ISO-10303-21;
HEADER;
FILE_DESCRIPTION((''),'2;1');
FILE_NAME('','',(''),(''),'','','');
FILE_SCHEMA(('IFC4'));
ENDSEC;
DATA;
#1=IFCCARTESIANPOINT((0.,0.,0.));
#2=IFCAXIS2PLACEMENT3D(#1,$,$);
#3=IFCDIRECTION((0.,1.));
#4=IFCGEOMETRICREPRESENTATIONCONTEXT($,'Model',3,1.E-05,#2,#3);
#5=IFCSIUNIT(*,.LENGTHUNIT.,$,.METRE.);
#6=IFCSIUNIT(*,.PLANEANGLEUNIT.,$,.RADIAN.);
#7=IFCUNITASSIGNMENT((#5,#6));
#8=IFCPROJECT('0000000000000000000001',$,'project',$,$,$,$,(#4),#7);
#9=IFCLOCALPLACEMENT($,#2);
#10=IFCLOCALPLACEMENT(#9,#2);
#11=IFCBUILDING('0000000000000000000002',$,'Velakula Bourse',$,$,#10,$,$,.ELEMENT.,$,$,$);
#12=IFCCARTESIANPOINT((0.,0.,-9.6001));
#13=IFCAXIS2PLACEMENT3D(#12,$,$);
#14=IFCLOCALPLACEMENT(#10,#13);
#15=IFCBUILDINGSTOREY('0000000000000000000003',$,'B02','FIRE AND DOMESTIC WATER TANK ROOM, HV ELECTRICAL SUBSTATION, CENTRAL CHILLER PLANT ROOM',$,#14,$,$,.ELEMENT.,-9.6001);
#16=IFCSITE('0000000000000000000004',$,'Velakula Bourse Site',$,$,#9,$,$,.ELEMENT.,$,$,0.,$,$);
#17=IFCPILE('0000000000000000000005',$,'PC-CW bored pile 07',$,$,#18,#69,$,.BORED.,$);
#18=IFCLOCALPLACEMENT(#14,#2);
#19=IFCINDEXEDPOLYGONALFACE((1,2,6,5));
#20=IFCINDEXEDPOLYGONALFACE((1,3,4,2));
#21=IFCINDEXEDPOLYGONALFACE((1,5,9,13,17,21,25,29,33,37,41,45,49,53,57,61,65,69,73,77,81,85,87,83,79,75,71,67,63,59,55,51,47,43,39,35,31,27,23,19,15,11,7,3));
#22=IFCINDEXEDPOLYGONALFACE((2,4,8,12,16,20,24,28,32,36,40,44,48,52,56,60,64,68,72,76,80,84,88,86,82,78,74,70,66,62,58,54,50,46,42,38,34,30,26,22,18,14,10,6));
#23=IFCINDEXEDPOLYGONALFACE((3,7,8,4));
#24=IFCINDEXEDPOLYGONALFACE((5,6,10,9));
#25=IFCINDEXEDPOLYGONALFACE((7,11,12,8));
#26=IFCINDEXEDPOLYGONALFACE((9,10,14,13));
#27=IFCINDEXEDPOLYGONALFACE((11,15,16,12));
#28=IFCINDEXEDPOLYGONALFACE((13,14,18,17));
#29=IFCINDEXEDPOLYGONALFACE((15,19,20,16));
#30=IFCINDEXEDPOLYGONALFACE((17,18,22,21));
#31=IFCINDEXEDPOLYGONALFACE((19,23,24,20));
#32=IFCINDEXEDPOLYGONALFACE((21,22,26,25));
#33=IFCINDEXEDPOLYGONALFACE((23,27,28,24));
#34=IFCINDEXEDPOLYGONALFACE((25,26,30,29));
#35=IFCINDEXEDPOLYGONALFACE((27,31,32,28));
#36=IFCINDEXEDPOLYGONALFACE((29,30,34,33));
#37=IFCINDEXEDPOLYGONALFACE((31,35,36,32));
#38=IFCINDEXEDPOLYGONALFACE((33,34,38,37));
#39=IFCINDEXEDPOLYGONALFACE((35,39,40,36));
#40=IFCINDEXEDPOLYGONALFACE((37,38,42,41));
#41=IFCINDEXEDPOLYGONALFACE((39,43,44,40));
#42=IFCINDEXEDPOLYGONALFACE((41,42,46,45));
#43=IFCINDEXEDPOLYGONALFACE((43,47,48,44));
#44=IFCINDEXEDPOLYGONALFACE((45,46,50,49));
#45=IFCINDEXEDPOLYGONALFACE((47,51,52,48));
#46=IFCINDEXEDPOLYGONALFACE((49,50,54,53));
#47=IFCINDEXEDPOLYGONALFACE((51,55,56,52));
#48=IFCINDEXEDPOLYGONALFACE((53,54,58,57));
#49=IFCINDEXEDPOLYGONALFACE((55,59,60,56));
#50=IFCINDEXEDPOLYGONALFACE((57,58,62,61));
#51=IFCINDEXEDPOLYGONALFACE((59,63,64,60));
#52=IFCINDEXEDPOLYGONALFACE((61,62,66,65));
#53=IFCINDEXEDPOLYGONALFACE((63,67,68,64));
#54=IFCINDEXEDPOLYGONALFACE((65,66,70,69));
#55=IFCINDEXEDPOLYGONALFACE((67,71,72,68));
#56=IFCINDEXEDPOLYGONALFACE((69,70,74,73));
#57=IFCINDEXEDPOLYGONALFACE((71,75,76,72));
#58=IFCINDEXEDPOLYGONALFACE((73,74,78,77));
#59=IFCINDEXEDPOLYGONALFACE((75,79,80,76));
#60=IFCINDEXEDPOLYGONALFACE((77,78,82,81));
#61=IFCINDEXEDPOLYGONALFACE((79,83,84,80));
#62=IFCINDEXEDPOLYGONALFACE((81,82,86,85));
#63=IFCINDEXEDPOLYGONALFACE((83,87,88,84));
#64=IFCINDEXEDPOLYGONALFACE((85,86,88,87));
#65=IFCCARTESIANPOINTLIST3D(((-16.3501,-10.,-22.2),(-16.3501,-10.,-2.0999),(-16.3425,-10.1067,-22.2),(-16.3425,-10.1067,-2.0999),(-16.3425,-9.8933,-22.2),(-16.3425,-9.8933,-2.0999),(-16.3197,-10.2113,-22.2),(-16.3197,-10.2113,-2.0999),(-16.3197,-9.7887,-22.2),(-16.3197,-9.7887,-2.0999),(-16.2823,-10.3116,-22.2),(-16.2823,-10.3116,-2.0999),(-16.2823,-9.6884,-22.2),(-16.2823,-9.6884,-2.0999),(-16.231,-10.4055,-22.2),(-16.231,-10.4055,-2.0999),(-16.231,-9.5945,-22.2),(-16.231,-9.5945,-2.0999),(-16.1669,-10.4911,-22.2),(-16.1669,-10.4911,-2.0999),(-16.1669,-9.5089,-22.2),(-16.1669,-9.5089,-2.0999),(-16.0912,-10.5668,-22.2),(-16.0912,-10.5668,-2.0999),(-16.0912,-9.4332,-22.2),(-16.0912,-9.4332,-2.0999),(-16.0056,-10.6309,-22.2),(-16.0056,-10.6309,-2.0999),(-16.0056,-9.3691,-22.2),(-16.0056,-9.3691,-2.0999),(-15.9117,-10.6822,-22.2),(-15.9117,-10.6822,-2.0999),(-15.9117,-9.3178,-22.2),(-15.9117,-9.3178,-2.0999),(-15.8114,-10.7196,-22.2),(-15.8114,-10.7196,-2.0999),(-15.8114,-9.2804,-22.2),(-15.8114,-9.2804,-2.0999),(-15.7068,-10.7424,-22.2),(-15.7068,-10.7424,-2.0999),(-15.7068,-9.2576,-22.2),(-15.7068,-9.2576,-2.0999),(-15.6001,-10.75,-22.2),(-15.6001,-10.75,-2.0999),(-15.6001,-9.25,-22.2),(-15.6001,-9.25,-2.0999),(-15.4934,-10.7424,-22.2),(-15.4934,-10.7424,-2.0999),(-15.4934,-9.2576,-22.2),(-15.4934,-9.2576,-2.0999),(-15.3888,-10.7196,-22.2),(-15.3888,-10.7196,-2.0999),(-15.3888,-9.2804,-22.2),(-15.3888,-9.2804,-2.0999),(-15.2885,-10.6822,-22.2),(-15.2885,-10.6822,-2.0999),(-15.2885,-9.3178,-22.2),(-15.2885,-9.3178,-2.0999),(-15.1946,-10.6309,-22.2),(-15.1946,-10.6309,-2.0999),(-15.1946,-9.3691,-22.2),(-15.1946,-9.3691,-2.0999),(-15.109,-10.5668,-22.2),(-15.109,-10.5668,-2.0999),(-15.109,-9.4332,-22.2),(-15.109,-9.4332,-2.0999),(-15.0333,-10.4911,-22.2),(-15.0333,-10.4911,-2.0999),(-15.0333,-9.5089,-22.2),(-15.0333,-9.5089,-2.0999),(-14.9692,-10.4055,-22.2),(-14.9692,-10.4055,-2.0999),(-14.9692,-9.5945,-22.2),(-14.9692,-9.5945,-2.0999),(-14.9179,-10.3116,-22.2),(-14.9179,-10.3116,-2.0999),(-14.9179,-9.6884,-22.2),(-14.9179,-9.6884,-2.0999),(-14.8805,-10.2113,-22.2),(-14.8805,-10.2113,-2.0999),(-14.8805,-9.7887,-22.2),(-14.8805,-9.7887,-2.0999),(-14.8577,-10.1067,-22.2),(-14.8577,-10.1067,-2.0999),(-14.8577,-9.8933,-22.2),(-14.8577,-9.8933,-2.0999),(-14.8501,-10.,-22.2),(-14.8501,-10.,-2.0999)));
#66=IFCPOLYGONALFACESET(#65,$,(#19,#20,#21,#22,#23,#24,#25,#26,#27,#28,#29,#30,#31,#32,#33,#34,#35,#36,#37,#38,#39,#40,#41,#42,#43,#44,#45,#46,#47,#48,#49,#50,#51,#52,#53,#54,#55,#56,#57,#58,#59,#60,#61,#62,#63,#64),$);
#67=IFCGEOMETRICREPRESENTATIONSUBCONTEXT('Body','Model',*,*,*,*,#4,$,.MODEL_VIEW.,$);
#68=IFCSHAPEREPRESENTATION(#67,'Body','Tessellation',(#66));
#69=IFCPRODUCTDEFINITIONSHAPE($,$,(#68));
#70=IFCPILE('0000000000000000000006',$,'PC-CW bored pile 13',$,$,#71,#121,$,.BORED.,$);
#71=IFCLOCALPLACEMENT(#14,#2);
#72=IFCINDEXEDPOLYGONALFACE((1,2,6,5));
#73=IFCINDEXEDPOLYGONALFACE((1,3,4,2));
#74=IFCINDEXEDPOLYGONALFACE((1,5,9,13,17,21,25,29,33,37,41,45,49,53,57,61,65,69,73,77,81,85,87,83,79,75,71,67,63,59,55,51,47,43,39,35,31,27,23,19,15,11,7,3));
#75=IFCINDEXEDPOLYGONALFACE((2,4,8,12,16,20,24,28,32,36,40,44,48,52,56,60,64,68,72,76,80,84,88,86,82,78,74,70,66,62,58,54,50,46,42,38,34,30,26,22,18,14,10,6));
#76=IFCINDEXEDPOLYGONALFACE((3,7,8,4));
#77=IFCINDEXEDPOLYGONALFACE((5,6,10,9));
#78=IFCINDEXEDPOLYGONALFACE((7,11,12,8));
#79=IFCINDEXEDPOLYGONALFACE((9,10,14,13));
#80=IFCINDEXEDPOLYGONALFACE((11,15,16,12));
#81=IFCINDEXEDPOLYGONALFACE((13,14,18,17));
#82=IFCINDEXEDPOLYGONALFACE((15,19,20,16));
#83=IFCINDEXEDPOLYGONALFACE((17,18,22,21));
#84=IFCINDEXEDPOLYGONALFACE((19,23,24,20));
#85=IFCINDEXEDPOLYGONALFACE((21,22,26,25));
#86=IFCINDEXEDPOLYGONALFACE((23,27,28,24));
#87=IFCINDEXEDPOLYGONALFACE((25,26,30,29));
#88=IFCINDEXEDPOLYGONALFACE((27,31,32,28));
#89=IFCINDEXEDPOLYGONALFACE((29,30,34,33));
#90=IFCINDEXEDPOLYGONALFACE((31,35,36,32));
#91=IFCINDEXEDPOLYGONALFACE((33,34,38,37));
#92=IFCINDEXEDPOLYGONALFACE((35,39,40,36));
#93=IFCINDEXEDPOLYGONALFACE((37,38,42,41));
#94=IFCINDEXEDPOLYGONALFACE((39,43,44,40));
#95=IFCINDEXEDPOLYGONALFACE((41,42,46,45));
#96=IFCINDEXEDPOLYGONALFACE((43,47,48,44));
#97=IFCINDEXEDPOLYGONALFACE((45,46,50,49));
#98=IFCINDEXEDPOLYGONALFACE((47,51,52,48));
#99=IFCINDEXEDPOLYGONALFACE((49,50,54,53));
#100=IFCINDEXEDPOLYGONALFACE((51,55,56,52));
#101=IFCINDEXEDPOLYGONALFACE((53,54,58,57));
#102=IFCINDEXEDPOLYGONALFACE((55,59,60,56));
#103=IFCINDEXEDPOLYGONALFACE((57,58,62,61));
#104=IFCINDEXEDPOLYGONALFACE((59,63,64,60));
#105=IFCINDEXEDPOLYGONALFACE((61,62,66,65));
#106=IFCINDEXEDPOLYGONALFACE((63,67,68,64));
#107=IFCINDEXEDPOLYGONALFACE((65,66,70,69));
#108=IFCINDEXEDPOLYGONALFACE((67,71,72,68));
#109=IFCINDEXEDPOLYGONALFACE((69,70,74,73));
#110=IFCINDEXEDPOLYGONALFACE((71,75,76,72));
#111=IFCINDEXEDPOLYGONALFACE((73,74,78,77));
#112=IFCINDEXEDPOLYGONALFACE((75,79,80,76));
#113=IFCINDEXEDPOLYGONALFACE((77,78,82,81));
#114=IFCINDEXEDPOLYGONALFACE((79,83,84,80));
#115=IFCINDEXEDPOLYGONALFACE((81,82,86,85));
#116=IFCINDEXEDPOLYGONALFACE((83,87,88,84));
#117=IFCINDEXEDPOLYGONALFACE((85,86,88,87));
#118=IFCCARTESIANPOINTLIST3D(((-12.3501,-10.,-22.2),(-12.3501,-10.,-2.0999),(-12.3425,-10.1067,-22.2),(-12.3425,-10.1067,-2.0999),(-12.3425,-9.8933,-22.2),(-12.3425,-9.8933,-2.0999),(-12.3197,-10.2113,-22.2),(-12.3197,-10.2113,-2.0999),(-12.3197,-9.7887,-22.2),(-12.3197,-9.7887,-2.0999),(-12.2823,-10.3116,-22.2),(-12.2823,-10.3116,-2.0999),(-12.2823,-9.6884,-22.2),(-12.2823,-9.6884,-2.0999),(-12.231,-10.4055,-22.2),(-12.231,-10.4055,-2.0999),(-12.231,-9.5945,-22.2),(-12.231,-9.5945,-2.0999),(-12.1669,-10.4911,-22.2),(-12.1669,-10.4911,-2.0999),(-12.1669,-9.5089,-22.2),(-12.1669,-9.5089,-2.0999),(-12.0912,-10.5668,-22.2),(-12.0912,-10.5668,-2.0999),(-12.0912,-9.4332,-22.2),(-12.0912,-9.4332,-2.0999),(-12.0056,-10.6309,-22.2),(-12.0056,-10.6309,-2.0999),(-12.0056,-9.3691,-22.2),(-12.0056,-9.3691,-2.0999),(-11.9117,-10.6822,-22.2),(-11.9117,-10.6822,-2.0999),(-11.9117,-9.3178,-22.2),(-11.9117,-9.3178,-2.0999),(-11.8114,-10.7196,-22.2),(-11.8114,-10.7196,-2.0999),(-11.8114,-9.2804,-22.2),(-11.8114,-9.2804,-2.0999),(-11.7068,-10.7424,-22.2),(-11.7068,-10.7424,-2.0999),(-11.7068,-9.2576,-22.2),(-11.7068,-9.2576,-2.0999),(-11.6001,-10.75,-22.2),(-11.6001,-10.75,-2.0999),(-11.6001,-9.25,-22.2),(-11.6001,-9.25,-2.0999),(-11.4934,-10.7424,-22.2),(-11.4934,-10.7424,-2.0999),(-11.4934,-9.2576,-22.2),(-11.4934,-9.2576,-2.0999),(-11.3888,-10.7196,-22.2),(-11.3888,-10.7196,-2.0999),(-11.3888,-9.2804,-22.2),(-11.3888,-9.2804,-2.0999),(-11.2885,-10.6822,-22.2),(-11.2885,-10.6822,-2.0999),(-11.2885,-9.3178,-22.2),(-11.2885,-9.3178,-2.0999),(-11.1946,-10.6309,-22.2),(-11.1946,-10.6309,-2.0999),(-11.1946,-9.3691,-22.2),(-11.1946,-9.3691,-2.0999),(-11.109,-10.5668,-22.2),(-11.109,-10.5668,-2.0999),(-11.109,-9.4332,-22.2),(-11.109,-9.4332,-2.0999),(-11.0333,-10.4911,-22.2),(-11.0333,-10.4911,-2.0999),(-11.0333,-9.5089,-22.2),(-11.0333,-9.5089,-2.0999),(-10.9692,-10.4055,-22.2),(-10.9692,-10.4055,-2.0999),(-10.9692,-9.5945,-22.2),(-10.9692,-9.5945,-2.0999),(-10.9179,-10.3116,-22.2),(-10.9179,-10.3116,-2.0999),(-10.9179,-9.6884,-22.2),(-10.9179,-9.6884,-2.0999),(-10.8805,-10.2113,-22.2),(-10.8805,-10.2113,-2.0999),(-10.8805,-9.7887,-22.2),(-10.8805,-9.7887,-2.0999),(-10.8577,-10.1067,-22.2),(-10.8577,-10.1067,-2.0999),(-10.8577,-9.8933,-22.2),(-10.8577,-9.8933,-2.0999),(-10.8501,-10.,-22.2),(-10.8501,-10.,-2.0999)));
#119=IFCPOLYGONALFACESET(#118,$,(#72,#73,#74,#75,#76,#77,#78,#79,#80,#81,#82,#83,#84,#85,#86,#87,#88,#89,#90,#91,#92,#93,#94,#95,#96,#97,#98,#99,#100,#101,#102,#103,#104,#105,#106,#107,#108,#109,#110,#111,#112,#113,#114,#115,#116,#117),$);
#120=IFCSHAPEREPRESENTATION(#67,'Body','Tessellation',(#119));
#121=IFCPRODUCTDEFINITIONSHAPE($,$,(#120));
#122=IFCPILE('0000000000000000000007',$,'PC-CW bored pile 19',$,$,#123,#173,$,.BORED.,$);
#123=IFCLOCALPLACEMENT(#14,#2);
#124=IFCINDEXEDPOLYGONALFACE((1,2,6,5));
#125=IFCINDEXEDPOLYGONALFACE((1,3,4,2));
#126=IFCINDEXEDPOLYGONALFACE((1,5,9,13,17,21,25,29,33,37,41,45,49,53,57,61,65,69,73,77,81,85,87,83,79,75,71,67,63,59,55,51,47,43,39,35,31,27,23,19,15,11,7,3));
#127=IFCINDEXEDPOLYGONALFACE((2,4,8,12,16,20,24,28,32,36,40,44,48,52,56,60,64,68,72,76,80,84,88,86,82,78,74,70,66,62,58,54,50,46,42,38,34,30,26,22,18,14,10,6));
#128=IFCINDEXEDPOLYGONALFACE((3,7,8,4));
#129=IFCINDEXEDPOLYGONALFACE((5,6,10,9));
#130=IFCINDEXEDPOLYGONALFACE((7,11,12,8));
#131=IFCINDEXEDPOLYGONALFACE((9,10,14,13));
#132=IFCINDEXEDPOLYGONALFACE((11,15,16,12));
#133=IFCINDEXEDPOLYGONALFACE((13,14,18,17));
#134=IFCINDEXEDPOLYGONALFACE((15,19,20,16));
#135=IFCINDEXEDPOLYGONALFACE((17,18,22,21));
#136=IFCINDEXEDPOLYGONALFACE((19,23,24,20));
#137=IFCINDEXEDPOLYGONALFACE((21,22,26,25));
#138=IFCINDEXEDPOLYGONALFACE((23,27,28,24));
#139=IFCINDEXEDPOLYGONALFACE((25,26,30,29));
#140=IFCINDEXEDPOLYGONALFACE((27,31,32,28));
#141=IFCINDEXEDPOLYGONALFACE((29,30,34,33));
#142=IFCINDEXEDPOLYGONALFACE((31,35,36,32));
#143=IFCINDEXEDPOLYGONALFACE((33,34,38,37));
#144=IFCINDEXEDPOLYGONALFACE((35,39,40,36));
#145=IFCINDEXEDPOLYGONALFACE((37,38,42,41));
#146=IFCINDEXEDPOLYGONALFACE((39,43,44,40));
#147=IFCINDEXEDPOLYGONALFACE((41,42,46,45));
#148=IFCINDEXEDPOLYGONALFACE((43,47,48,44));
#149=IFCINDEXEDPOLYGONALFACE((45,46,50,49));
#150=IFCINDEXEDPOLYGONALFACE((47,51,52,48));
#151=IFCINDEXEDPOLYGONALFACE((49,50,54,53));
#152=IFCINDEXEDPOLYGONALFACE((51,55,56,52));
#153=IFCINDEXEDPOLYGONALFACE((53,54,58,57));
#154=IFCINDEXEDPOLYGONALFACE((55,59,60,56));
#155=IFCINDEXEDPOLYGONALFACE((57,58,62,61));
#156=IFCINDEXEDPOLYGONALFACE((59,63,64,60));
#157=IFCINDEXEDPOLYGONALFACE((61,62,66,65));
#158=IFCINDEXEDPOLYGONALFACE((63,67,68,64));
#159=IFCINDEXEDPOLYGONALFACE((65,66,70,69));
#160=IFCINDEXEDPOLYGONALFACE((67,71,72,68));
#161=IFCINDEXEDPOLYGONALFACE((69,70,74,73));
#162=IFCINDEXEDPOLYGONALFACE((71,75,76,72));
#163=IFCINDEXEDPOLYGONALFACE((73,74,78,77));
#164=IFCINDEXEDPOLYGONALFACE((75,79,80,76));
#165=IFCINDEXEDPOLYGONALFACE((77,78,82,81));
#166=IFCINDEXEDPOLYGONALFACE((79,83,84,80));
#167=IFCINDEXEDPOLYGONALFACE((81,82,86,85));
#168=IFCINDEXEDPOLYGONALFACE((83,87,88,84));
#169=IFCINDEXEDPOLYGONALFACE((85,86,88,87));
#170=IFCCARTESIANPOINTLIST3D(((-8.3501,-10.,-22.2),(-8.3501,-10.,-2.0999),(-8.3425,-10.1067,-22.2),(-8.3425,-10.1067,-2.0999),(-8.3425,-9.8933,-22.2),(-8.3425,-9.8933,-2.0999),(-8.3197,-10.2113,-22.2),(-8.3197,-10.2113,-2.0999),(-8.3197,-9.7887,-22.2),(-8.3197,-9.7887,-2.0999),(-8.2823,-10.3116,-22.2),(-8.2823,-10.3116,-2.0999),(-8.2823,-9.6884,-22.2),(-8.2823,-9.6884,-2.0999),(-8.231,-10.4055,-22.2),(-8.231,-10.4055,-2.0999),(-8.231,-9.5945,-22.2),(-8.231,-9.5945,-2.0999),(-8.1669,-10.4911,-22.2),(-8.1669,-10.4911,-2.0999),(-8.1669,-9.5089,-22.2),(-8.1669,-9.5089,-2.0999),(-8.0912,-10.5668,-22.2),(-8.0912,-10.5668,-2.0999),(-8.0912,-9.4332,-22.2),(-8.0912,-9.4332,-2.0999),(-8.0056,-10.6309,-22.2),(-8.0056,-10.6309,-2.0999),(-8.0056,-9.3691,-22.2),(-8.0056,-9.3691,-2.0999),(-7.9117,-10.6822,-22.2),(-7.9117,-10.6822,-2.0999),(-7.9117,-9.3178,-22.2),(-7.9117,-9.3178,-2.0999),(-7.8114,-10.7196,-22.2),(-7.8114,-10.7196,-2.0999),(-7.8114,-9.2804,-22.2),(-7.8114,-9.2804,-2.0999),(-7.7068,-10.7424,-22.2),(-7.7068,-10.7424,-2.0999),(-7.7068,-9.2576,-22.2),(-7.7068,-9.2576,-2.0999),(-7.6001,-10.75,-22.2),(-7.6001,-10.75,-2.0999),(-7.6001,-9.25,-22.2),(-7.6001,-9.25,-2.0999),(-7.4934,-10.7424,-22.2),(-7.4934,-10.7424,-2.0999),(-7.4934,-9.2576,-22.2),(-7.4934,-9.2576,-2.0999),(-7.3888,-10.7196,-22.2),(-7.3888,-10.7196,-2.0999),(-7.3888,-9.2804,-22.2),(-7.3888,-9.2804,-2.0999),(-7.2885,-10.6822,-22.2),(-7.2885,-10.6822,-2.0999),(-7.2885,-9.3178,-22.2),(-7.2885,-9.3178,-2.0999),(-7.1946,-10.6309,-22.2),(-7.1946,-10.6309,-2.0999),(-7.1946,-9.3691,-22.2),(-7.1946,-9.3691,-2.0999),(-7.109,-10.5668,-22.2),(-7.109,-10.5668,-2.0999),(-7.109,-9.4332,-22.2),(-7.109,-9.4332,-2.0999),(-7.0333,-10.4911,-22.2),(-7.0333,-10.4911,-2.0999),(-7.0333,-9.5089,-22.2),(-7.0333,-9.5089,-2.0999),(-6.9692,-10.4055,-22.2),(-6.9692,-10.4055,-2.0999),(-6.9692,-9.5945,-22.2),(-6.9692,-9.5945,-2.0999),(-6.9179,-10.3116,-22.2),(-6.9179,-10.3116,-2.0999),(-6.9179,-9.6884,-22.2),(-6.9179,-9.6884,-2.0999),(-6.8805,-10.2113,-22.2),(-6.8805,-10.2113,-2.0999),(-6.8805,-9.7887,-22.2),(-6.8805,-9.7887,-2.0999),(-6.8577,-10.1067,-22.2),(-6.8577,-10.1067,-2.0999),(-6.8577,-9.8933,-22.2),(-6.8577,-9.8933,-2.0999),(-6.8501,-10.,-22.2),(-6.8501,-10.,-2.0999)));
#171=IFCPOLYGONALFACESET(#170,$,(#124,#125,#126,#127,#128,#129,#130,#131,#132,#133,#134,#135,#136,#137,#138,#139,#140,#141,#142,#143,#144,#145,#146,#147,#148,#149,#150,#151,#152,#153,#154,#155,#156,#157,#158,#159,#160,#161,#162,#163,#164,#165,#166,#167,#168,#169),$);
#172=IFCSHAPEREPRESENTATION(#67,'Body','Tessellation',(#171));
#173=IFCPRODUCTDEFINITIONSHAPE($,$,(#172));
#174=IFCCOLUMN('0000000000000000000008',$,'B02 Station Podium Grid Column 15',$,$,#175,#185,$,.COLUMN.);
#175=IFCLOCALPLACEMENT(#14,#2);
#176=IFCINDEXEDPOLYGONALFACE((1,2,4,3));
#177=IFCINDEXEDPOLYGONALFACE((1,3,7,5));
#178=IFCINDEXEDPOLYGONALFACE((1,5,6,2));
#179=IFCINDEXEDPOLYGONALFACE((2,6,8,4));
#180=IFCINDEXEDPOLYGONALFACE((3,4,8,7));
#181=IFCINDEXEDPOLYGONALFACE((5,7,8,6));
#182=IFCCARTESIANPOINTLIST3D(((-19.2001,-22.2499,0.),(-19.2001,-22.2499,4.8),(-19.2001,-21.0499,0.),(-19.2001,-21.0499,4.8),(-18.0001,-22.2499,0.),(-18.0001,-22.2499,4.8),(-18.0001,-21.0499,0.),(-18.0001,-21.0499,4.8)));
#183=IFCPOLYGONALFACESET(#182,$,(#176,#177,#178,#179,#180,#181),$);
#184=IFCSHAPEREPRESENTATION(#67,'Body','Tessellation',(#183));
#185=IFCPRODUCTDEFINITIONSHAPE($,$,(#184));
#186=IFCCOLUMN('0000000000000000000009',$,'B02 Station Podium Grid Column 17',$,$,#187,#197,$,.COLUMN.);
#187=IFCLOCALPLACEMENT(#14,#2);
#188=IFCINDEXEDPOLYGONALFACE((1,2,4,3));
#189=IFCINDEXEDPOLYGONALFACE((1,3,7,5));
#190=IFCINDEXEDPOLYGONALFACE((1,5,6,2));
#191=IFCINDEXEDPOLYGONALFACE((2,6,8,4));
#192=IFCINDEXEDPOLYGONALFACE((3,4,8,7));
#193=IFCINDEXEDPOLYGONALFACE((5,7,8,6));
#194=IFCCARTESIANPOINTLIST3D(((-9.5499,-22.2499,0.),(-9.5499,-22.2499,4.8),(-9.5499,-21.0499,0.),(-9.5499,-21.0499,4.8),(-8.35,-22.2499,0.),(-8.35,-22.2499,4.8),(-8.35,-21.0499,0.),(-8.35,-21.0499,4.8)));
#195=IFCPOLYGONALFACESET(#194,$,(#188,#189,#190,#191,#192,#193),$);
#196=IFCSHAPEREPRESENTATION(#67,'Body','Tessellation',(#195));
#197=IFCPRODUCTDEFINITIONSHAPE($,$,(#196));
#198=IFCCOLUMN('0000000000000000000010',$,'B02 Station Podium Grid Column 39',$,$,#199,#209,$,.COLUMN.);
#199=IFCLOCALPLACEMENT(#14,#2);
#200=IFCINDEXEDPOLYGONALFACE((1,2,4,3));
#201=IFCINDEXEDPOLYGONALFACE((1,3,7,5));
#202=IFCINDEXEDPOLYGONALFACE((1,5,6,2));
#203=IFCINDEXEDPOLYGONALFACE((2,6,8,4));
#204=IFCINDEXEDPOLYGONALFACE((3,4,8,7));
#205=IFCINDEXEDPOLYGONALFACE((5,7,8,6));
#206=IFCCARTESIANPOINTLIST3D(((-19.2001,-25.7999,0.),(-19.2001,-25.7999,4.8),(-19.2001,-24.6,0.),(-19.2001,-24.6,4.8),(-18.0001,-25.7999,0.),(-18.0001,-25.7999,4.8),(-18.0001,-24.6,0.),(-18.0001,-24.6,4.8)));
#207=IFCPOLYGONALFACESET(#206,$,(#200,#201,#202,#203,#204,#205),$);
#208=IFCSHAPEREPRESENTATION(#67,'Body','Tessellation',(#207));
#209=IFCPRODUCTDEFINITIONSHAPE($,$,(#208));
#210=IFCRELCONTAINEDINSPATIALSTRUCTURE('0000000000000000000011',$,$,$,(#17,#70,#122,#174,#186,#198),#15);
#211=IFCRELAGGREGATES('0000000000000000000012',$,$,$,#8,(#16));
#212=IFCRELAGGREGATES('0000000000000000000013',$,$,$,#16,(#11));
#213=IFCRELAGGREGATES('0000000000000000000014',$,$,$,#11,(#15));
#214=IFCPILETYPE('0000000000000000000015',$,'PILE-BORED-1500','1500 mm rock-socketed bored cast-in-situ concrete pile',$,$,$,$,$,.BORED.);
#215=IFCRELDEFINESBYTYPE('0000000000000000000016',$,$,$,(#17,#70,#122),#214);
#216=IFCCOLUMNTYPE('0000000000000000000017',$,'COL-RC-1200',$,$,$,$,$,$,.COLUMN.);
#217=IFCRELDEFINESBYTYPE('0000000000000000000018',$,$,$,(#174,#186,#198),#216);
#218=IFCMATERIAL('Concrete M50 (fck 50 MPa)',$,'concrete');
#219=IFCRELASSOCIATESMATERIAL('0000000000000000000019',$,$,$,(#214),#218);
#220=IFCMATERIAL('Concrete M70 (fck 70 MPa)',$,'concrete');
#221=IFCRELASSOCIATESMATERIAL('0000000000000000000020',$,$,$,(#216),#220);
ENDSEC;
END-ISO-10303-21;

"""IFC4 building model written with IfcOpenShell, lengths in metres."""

from ifc_helpers import new_model, si_unit, direction, frame, origin, origin_2d, place, context, subcontext, project, spatial, rectangle, circle, extrude, material, material_profile, profile_set, type_object, element, save


model = new_model("IFC4")

# Units and contexts
model_context = context("Model", 3, precision=1e-05, world=origin(), true_north=direction((0.0, 1.0)))
body_context = subcontext(model_context, "Body", "Model", "MODEL_VIEW")
ifc_project = project(units=[si_unit("LENGTHUNIT", "METRE"), si_unit("PLANEANGLEUNIT", "RADIAN")], contexts=[model_context])

# Site, building, storey
site_placement = place(None, origin())
site = spatial("IfcSite", under=ifc_project, at=site_placement, Name="Velakula Bourse Site", CompositionType="ELEMENT", RefElevation=0.0)
building_placement = place(site_placement, origin())
building = spatial("IfcBuilding", under=site, at=building_placement, Name="Velakula Bourse", CompositionType="ELEMENT")
storey_placement = place(building_placement, frame((0.0, 0.0, -9.6001)))
storey = spatial("IfcBuildingStorey", under=building, at=storey_placement, Name="B02", Description="FIRE AND DOMESTIC WATER TANK ROOM, HV ELECTRICAL SUBSTATION, CENTRAL CHILLER PLANT ROOM", CompositionType="ELEMENT", Elevation=-9.6001)

# Shared definitions
ifc_material_1 = material(Name="Concrete M70 (fck 70 MPa)", Category="concrete")
ifc_material_2 = material(Name="Concrete M50 (fck 50 MPa)", Category="concrete")

# Piles
ifc_material_profile_1 = material_profile(ifc_material_2, circle(Radius=0.75, at=origin_2d()), Name="Concrete M50 (fck 50 MPa)")
ifc_profile_set_1 = profile_set([ifc_material_profile_1], Name="Concrete M50 (fck 50 MPa)")
pile_type_1 = type_object("IfcPileType", Name="PILE-BORED-1500", Description="1500 mm rock-socketed bored cast-in-situ concrete pile", PredefinedType="BORED", material=ifc_profile_set_1)
for number, where, z_axis, x_axis, name in (
    (1, (-15.6001, -10.0, -2.0999), (0.0, 0.0, -1.0), (1.0, 0.0, 0.0), "PC-CW bored pile 07"),
    (2, (-11.6001, -10.0, -2.0999), (0.0, 0.0, -1.0), (1.0, 0.0, 0.0), "PC-CW bored pile 13"),
    (3, (-7.6001, -10.0, -2.0999), (0.0, 0.0, -1.0), (1.0, 0.0, 0.0), "PC-CW bored pile 19"),
):
    element("IfcPile", number, at=place(storey_placement, frame(where, z_axis=z_axis, x_axis=x_axis)), inside=storey, type_object=pile_type_1, Name=name, PredefinedType="BORED", context=body_context, shape_type="SweptSolid", body=[
        extrude(circle(Radius=0.75, at=origin_2d()), origin(), (0.0, 0.0, 1.0), 20.1001),
    ])

# Columns
ifc_material_profile_2 = material_profile(ifc_material_1, rectangle(XDim=1.2, YDim=1.2, at=origin_2d()), Name="Concrete M70 (fck 70 MPa)")
ifc_profile_set_2 = profile_set([ifc_material_profile_2], Name="Concrete M70 (fck 70 MPa)")
column_type_1 = type_object("IfcColumnType", Name="COL-RC-1200", PredefinedType="COLUMN", material=ifc_profile_set_2)
for number, where, z_axis, x_axis, name in (
    (4, (-18.6001, -21.6499, 0.0), (0.0, 0.0, 1.0), (1.0, 0.0, 0.0), "B02 Station Podium Grid Column 15"),
    (5, (-8.95, -21.6499, 0.0), (0.0, 0.0, 1.0), (1.0, 0.0, 0.0), "B02 Station Podium Grid Column 17"),
    (6, (-18.6001, -25.2, 0.0), (0.0, 0.0, 1.0), (1.0, 0.0, 0.0), "B02 Station Podium Grid Column 39"),
):
    element("IfcColumn", number, at=place(storey_placement, frame(where, z_axis=z_axis, x_axis=x_axis)), inside=storey, type_object=column_type_1, Name=name, PredefinedType="COLUMN", context=body_context, shape_type="SweptSolid", body=[
        extrude(rectangle(XDim=1.2, YDim=1.2, at=origin_2d()), origin(), (0.0, 0.0, 1.0), 4.8),
    ])

save(model, "model.ifc")
